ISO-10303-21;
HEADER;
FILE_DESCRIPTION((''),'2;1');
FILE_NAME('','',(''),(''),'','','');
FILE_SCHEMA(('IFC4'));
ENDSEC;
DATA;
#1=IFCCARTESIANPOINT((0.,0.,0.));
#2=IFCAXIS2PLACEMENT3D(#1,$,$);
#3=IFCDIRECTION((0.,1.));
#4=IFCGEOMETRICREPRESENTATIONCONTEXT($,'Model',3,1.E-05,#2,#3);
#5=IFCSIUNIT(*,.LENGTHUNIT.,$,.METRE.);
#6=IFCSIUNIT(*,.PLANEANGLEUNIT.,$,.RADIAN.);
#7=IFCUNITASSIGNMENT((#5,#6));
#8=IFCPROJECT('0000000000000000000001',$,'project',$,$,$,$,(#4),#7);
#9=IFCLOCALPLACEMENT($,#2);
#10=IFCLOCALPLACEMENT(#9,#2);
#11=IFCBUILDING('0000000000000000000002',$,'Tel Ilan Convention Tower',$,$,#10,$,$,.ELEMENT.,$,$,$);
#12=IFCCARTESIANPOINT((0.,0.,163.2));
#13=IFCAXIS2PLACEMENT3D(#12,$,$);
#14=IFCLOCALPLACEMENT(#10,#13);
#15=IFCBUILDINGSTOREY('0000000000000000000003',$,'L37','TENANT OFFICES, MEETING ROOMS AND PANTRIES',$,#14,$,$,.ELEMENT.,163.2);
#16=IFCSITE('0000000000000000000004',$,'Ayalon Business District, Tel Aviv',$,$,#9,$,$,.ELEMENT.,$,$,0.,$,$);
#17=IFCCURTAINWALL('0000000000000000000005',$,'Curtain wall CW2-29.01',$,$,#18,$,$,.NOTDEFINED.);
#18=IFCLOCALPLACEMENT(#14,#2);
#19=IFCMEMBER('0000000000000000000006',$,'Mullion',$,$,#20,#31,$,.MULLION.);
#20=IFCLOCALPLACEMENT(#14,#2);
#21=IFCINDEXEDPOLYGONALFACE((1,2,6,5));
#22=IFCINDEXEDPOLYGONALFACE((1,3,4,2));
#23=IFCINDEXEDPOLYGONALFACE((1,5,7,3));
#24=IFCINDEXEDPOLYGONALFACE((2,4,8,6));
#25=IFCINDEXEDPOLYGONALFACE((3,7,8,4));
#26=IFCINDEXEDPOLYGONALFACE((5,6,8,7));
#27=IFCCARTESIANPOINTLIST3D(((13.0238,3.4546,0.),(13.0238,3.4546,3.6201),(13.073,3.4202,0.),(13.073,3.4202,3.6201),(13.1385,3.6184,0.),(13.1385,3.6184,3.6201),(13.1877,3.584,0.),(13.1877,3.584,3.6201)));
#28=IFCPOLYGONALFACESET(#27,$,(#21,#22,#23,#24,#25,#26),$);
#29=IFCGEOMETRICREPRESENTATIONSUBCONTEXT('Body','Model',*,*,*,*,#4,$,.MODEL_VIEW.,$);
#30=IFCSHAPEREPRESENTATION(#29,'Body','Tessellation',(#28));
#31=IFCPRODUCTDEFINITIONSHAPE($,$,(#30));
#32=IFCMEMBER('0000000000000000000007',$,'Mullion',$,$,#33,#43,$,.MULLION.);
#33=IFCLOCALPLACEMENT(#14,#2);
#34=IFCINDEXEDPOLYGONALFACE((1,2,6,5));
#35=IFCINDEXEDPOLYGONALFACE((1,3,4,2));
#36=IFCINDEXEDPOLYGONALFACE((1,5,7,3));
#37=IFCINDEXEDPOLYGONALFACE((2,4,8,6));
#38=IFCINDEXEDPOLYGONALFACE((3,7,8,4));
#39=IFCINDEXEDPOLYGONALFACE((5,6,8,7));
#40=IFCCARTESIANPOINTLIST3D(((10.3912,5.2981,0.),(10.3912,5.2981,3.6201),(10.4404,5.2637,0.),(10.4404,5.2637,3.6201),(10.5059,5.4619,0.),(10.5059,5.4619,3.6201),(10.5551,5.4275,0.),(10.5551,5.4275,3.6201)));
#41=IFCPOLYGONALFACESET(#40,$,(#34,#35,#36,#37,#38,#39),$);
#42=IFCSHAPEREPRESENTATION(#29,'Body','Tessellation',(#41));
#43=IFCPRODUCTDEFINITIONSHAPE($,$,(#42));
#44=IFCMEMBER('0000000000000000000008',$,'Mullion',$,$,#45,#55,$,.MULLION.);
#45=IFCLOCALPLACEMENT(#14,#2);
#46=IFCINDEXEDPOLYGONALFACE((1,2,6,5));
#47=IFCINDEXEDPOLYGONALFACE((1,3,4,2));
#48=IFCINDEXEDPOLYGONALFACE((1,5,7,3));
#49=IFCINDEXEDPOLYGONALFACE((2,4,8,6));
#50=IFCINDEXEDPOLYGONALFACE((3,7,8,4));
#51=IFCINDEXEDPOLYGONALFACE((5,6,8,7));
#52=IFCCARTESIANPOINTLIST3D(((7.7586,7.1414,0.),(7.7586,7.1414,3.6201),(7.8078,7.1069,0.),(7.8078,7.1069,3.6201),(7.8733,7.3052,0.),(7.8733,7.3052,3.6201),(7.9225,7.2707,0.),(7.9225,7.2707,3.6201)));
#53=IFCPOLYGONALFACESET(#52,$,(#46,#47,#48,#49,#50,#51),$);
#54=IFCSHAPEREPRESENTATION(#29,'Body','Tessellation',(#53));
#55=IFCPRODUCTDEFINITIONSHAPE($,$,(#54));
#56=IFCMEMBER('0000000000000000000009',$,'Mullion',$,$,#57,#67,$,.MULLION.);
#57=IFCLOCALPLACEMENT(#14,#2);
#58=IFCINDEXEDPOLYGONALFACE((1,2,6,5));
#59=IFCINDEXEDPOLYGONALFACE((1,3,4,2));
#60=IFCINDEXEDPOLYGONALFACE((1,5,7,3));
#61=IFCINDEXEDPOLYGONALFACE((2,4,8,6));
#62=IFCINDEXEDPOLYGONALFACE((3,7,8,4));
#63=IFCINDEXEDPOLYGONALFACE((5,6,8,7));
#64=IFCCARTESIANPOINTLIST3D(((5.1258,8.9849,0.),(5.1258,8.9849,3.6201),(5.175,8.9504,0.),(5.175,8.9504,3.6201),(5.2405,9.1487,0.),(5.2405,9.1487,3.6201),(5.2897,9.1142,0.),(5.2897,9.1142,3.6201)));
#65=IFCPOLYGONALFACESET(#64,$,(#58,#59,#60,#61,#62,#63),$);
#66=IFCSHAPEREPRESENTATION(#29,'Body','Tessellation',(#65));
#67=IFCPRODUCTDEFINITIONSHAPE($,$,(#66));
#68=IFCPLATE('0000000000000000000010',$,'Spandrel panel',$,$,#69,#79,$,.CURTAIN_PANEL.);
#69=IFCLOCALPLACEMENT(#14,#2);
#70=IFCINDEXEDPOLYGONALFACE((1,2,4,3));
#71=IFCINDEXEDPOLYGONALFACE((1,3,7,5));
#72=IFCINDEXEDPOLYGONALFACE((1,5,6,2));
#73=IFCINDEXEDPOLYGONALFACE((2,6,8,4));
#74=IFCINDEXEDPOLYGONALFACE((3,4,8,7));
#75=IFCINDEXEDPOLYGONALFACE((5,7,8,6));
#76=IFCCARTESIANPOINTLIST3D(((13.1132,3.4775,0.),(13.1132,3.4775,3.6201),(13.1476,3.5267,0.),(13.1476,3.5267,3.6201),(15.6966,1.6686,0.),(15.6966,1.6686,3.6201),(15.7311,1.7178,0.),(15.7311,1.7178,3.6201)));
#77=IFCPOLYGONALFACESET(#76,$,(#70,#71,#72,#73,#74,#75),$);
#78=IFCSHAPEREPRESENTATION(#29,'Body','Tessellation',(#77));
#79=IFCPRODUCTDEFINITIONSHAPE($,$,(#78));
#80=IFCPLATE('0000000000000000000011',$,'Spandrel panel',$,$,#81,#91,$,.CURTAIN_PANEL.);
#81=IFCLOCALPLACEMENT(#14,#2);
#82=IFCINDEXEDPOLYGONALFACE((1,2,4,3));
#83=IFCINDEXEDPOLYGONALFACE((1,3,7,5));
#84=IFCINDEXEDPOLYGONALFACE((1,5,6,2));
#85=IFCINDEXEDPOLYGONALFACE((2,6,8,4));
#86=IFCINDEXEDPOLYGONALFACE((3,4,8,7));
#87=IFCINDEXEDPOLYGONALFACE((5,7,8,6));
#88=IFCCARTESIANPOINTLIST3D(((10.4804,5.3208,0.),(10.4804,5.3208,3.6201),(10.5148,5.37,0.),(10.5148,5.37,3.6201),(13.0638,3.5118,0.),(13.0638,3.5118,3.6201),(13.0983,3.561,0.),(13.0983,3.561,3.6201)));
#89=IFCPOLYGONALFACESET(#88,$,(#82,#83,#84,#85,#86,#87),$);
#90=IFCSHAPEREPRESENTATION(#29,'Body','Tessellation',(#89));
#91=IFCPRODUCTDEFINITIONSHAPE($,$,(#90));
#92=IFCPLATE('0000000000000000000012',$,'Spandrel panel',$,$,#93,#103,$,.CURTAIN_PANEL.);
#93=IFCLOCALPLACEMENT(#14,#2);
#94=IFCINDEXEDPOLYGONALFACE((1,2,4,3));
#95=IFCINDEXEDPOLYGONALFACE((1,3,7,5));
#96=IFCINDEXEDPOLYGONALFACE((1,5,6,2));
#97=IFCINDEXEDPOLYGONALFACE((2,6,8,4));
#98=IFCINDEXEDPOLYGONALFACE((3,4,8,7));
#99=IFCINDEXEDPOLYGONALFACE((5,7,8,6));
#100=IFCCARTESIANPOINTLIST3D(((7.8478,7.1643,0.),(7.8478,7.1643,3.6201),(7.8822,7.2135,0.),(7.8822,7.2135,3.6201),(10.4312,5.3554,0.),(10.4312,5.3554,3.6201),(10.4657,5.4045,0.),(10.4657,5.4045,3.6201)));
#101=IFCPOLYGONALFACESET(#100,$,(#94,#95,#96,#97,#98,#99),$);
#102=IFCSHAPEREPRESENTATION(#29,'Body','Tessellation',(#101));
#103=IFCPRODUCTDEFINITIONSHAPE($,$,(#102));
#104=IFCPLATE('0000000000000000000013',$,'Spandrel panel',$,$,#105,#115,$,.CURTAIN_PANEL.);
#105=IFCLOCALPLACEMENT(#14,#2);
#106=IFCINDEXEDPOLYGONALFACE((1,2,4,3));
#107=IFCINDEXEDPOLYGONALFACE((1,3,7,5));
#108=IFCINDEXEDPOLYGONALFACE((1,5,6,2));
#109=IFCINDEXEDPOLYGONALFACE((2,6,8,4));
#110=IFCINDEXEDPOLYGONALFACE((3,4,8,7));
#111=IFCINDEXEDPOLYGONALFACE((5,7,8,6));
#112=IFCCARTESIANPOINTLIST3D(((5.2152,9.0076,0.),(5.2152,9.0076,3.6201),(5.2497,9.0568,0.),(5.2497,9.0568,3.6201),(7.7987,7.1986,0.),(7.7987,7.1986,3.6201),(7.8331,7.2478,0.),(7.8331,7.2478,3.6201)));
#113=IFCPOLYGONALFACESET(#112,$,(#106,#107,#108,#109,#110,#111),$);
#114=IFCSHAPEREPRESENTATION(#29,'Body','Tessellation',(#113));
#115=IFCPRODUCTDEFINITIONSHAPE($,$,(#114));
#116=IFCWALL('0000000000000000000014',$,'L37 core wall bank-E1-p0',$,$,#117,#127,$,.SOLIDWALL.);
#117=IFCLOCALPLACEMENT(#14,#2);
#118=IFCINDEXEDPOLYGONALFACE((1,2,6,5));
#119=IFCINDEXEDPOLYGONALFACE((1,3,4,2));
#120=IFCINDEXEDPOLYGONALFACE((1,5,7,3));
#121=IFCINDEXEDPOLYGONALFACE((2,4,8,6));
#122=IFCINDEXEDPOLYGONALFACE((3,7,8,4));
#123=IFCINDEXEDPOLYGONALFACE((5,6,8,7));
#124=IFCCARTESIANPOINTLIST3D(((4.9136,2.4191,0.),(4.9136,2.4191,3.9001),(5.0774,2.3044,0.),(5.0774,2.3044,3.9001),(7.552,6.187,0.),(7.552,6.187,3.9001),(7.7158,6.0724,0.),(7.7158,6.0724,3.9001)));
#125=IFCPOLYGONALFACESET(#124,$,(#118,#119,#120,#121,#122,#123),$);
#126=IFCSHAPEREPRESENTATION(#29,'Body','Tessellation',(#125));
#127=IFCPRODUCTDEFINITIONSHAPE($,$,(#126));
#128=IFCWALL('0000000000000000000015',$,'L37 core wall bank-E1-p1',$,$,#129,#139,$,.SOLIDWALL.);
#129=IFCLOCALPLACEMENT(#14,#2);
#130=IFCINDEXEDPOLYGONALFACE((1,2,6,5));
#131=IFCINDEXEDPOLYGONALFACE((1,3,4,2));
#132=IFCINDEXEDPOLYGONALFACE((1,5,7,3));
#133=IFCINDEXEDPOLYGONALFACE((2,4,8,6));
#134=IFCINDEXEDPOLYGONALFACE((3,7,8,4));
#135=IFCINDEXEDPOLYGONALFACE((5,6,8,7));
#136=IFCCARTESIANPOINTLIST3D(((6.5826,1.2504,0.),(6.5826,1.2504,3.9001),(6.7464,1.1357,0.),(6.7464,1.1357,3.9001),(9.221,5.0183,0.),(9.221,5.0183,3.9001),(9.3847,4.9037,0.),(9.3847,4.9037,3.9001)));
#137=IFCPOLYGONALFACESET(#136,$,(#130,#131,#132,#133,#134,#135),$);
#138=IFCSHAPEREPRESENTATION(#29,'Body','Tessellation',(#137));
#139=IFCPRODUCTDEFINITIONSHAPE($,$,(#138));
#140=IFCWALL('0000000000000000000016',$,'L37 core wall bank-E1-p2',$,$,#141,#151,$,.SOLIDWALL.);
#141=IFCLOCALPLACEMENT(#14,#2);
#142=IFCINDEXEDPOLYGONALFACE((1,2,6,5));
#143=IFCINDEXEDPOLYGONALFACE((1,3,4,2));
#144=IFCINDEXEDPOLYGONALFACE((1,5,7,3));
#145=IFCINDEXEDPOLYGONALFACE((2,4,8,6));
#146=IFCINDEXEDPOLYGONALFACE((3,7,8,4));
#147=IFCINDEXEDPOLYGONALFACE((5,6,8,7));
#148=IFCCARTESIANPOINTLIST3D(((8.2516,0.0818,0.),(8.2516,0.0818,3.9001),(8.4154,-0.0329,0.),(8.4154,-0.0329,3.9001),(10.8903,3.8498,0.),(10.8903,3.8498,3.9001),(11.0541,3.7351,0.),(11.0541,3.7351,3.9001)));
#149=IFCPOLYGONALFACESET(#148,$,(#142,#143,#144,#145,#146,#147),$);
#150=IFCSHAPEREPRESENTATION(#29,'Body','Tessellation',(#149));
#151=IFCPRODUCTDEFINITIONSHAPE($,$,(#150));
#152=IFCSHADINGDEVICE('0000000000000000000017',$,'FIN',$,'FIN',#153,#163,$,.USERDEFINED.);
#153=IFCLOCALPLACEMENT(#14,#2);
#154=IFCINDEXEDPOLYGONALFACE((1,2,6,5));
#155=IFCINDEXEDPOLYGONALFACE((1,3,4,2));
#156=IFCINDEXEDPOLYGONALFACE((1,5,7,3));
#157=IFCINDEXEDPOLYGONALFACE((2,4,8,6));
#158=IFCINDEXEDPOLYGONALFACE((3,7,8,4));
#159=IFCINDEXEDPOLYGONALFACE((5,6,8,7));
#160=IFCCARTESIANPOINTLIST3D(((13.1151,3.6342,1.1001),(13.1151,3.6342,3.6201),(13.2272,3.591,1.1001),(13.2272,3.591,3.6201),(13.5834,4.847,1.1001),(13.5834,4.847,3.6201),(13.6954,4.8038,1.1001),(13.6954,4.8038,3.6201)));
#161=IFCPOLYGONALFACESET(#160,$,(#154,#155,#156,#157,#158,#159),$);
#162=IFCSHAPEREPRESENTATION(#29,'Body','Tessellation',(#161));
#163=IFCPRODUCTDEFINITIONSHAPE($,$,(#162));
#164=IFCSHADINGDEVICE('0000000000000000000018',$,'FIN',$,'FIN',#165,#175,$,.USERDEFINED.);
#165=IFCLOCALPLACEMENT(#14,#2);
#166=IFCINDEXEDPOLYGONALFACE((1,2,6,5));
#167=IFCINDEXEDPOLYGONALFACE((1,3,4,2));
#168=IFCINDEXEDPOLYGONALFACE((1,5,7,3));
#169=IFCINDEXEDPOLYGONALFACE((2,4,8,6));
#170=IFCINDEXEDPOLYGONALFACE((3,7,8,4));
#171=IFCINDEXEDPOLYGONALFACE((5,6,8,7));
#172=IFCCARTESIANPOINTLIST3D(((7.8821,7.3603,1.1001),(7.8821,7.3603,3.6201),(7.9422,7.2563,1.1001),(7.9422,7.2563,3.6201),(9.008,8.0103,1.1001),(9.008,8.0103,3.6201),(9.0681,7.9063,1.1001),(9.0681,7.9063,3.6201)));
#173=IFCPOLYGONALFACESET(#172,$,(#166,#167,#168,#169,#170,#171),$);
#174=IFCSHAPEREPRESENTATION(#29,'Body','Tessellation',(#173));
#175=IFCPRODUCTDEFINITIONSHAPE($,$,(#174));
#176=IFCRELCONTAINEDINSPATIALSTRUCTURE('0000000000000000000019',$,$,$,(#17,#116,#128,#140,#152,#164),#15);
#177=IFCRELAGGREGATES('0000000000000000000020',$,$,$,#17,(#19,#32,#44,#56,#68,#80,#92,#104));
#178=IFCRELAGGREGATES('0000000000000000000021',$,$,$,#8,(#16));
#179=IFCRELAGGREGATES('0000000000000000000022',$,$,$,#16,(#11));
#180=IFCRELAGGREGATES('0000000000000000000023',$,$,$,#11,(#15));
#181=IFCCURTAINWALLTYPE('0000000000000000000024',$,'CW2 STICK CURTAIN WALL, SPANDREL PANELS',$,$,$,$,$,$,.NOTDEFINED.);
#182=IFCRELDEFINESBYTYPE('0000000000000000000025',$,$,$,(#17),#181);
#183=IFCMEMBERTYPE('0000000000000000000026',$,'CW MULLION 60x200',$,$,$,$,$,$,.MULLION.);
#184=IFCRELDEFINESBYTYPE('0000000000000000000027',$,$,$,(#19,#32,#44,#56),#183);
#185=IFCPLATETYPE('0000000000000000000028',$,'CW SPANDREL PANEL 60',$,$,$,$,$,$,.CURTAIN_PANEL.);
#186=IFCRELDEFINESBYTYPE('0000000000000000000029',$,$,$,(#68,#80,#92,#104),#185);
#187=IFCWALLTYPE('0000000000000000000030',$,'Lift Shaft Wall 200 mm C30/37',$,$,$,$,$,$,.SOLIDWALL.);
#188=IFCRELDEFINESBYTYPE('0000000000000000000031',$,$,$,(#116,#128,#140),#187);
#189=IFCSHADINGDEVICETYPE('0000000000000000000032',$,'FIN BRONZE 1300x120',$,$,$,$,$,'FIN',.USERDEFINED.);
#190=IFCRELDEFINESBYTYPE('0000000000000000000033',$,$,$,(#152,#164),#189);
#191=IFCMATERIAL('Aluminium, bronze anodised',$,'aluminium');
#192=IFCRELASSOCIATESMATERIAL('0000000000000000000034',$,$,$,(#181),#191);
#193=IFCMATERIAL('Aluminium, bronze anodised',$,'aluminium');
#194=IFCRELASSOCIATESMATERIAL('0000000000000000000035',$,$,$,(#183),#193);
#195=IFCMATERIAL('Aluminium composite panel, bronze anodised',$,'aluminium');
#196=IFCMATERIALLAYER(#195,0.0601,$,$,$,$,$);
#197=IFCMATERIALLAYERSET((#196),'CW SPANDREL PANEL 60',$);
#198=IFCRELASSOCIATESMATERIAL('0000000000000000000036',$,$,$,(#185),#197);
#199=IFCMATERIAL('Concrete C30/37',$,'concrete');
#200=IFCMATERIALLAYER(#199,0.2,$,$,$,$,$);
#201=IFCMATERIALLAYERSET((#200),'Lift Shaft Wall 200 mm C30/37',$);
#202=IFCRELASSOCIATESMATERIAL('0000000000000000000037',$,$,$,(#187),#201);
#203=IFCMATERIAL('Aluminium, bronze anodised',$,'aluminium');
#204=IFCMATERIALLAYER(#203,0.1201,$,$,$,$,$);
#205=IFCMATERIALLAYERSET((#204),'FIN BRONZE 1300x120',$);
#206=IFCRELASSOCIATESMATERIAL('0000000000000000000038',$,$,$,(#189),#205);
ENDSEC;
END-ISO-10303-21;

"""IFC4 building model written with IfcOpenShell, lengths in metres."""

from ifc_helpers import new_model, si_unit, direction, frame, frame_2d, origin, origin_2d, place, context, subcontext, project, spatial, rectangle, extrude, material, layer, layer_set, material_profile, profile_set, type_object, element, aggregate, save


model = new_model("IFC4")

# Units and contexts
model_context = context("Model", 3, precision=1e-05, world=origin(), true_north=direction((0.0, 1.0)))
body_context = subcontext(model_context, "Body", "Model", "MODEL_VIEW")
ifc_project = project(units=[si_unit("LENGTHUNIT", "METRE"), si_unit("PLANEANGLEUNIT", "RADIAN")], contexts=[model_context])

# Site, building, storey
site_placement = place(None, origin())
site = spatial("IfcSite", under=ifc_project, at=site_placement, Name="Ayalon Business District, Tel Aviv", CompositionType="ELEMENT", RefElevation=0.0)
building_placement = place(site_placement, origin())
building = spatial("IfcBuilding", under=site, at=building_placement, Name="Tel Ilan Convention Tower", CompositionType="ELEMENT")
storey_placement = place(building_placement, frame((0.0, 0.0, 163.2)))
storey = spatial("IfcBuildingStorey", under=building, at=storey_placement, Name="L37", Description="TENANT OFFICES, MEETING ROOMS AND PANTRIES", CompositionType="ELEMENT", Elevation=163.2)

# Curtain wall, members, plates
ifc_material_1 = material(Name="Aluminium, bronze anodised", Category="aluminium")
curtain_wall_type = type_object("IfcCurtainWallType", Name="CW2 STICK CURTAIN WALL, SPANDREL PANELS", PredefinedType="NOTDEFINED", material=ifc_material_1)
curtain_wall_placement = place(storey_placement, origin())
curtain_wall = element("IfcCurtainWall", 1, at=curtain_wall_placement, inside=storey, type_object=curtain_wall_type, Name="Curtain wall CW2-29.01", PredefinedType="NOTDEFINED")
ifc_material_2 = material(Name="Aluminium, bronze anodised", Category="aluminium")
ifc_material_profile = material_profile(ifc_material_2, rectangle(XDim=0.0601, YDim=0.2, at=origin_2d()), Name="CW MULLION 60x200")
ifc_profile_set = profile_set([ifc_material_profile], Name="Aluminium, bronze anodised")
member_type = type_object("IfcMemberType", Name="CW MULLION 60x200", PredefinedType="MULLION", material=ifc_profile_set)
member_1_placement = place(storey_placement, frame((13.1057, 3.5193, 0.0), z_axis=(0.0, 0.0, 1.0), x_axis=(-0.819152, 0.573576, 0.0)))
member_1 = element("IfcMember", 2, at=member_1_placement, type_object=member_type, Name="Mullion", PredefinedType="MULLION", context=body_context, shape_type="SweptSolid", body=[
    extrude(rectangle(XDim=0.0601, YDim=0.2, at=origin_2d()), origin(), (0.0, 0.0, 1.0), 3.6201),
])
member_2_placement = place(storey_placement, frame((10.4731, 5.3628, 0.0), z_axis=(0.0, 0.0, 1.0), x_axis=(-0.819152, 0.573576, 0.0)))
member_2 = element("IfcMember", 3, at=member_2_placement, type_object=member_type, Name="Mullion", PredefinedType="MULLION", context=body_context, shape_type="SweptSolid", body=[
    extrude(rectangle(XDim=0.0601, YDim=0.2, at=origin_2d()), origin(), (0.0, 0.0, 1.0), 3.6201),
])
member_3_placement = place(storey_placement, frame((7.8406, 7.2061, 0.0), z_axis=(0.0, 0.0, 1.0), x_axis=(-0.819152, 0.573576, 0.0)))
member_3 = element("IfcMember", 4, at=member_3_placement, type_object=member_type, Name="Mullion", PredefinedType="MULLION", context=body_context, shape_type="SweptSolid", body=[
    extrude(rectangle(XDim=0.0601, YDim=0.2, at=origin_2d()), origin(), (0.0, 0.0, 1.0), 3.6201),
])
member_4_placement = place(storey_placement, frame((5.2078, 9.0496, 0.0), z_axis=(0.0, 0.0, 1.0), x_axis=(-0.819152, 0.573576, 0.0)))
member_4 = element("IfcMember", 5, at=member_4_placement, type_object=member_type, Name="Mullion", PredefinedType="MULLION", context=body_context, shape_type="SweptSolid", body=[
    extrude(rectangle(XDim=0.0601, YDim=0.2, at=origin_2d()), origin(), (0.0, 0.0, 1.0), 3.6201),
])
ifc_material_3 = material(Name="Aluminium composite panel, bronze anodised", Category="aluminium")
ifc_layer_1 = layer(ifc_material_3, 0.0601)
ifc_layer_set_1 = layer_set([ifc_layer_1], Name="CW SPANDREL PANEL 60")
plate_type = type_object("IfcPlateType", Name="CW SPANDREL PANEL 60", PredefinedType="CURTAIN_PANEL", material=ifc_layer_set_1)
plate_1_placement = place(storey_placement, frame((14.4221, 2.5977, 0.0), z_axis=(0.0, 0.0, 1.0), x_axis=(-0.819152, 0.573576, 0.0)))
plate_1 = element("IfcPlate", 6, at=plate_1_placement, type_object=plate_type, Name="Spandrel panel", PredefinedType="CURTAIN_PANEL", context=body_context, shape_type="SweptSolid", body=[
    extrude(rectangle(XDim=3.1538, YDim=0.0601, at=origin_2d()), origin(), (0.0, 0.0, 1.0), 3.6201),
])
plate_2_placement = place(storey_placement, frame((11.7893, 4.4409, 0.0), z_axis=(0.0, 0.0, 1.0), x_axis=(-0.819152, 0.573576, 0.0)))
plate_2 = element("IfcPlate", 7, at=plate_2_placement, type_object=plate_type, Name="Spandrel panel", PredefinedType="CURTAIN_PANEL", context=body_context, shape_type="SweptSolid", body=[
    extrude(rectangle(XDim=3.1538, YDim=0.0601, at=origin_2d()), origin(), (0.0, 0.0, 1.0), 3.6201),
])
plate_3_placement = place(storey_placement, frame((9.1567, 6.2844, 0.0), z_axis=(0.0, 0.0, 1.0), x_axis=(-0.819152, 0.573576, 0.0)))
plate_3 = element("IfcPlate", 8, at=plate_3_placement, type_object=plate_type, Name="Spandrel panel", PredefinedType="CURTAIN_PANEL", context=body_context, shape_type="SweptSolid", body=[
    extrude(rectangle(XDim=3.1538, YDim=0.0601, at=origin_2d()), origin(), (0.0, 0.0, 1.0), 3.6201),
])
plate_4_placement = place(storey_placement, frame((6.5242, 8.1277, 0.0), z_axis=(0.0, 0.0, 1.0), x_axis=(-0.819152, 0.573576, 0.0)))
plate_4 = element("IfcPlate", 9, at=plate_4_placement, type_object=plate_type, Name="Spandrel panel", PredefinedType="CURTAIN_PANEL", context=body_context, shape_type="SweptSolid", body=[
    extrude(rectangle(XDim=3.1538, YDim=0.0601, at=origin_2d()), origin(), (0.0, 0.0, 1.0), 3.6201),
])
aggregate(curtain_wall, [member_1, member_2, member_3, member_4, plate_1, plate_2, plate_3, plate_4])

# Walls
ifc_material_4 = material(Name="Concrete C30/37", Category="concrete")
ifc_layer_2 = layer(ifc_material_4, 0.2)
ifc_layer_set_2 = layer_set([ifc_layer_2], Name="Lift Shaft Wall 200 mm C30/37")
wall_type = type_object("IfcWallType", Name="Lift Shaft Wall 200 mm C30/37", PredefinedType="SOLIDWALL", material=ifc_layer_set_2)
for number, where, z_axis, x_axis, name in (
    (10, (4.9956, 2.3618, 0.0), (0.0, 0.0, 1.0), (0.573576, 0.819152, 0.0), "L37 core wall bank-E1-p0"),
    (11, (6.6646, 1.1931, 0.0), (0.0, 0.0, 1.0), (0.573576, 0.819152, 0.0), "L37 core wall bank-E1-p1"),
):
    element("IfcWall", number, at=place(storey_placement, frame(where, z_axis=z_axis, x_axis=x_axis)), inside=storey, type_object=wall_type, Name=name, PredefinedType="SOLIDWALL", context=body_context, shape_type="SweptSolid", body=[
        extrude(rectangle(XDim=4.5999, YDim=0.2, at=frame_2d((2.2998, 0.0))), origin(), (0.0, 0.0, 1.0), 3.9001),
    ])
wall_placement = place(storey_placement, frame((8.3335, 0.0244, 0.0), z_axis=(0.0, 0.0, 1.0), x_axis=(0.573612, 0.819127, 0.0)))
element("IfcWall", 12, at=wall_placement, inside=storey, type_object=wall_type, Name="L37 core wall bank-E1-p2", PredefinedType="SOLIDWALL", context=body_context, shape_type="SweptSolid", body=[
    extrude(rectangle(XDim=4.6001, YDim=0.2, at=frame_2d((2.3, 0.0))), origin(), (0.0, 0.0, 1.0), 3.9001),
])

# Shading devices
ifc_material_5 = material(Name="Aluminium, bronze anodised", Category="aluminium")
ifc_layer_3 = layer(ifc_material_5, 0.1201)
ifc_layer_set_3 = layer_set([ifc_layer_3], Name="FIN BRONZE 1300x120")
shading_device_type = type_object("IfcShadingDeviceType", Name="FIN BRONZE 1300x120", ElementType="FIN", PredefinedType="USERDEFINED", material=ifc_layer_set_3)
for number, where, z_axis, x_axis, name in (
    (13, (13.4053, 4.219, 1.1001), (0.0, 0.0, 1.0), (0.360178, 0.932884, 0.0), "FIN"),
    (14, (8.4751, 7.6333, 1.1001), (0.0, 0.0, 1.0), (0.866025, 0.5, 0.0), "FIN"),
):
    element("IfcShadingDevice", number, at=place(storey_placement, frame(where, z_axis=z_axis, x_axis=x_axis)), inside=storey, type_object=shading_device_type, Name=name, ObjectType="FIN", PredefinedType="USERDEFINED", context=body_context, shape_type="SweptSolid", body=[
        extrude(rectangle(XDim=1.3, YDim=0.1201, at=origin_2d()), origin(), (0.0, 0.0, 1.0), 2.52),
    ])

save(model, "model.ifc")
